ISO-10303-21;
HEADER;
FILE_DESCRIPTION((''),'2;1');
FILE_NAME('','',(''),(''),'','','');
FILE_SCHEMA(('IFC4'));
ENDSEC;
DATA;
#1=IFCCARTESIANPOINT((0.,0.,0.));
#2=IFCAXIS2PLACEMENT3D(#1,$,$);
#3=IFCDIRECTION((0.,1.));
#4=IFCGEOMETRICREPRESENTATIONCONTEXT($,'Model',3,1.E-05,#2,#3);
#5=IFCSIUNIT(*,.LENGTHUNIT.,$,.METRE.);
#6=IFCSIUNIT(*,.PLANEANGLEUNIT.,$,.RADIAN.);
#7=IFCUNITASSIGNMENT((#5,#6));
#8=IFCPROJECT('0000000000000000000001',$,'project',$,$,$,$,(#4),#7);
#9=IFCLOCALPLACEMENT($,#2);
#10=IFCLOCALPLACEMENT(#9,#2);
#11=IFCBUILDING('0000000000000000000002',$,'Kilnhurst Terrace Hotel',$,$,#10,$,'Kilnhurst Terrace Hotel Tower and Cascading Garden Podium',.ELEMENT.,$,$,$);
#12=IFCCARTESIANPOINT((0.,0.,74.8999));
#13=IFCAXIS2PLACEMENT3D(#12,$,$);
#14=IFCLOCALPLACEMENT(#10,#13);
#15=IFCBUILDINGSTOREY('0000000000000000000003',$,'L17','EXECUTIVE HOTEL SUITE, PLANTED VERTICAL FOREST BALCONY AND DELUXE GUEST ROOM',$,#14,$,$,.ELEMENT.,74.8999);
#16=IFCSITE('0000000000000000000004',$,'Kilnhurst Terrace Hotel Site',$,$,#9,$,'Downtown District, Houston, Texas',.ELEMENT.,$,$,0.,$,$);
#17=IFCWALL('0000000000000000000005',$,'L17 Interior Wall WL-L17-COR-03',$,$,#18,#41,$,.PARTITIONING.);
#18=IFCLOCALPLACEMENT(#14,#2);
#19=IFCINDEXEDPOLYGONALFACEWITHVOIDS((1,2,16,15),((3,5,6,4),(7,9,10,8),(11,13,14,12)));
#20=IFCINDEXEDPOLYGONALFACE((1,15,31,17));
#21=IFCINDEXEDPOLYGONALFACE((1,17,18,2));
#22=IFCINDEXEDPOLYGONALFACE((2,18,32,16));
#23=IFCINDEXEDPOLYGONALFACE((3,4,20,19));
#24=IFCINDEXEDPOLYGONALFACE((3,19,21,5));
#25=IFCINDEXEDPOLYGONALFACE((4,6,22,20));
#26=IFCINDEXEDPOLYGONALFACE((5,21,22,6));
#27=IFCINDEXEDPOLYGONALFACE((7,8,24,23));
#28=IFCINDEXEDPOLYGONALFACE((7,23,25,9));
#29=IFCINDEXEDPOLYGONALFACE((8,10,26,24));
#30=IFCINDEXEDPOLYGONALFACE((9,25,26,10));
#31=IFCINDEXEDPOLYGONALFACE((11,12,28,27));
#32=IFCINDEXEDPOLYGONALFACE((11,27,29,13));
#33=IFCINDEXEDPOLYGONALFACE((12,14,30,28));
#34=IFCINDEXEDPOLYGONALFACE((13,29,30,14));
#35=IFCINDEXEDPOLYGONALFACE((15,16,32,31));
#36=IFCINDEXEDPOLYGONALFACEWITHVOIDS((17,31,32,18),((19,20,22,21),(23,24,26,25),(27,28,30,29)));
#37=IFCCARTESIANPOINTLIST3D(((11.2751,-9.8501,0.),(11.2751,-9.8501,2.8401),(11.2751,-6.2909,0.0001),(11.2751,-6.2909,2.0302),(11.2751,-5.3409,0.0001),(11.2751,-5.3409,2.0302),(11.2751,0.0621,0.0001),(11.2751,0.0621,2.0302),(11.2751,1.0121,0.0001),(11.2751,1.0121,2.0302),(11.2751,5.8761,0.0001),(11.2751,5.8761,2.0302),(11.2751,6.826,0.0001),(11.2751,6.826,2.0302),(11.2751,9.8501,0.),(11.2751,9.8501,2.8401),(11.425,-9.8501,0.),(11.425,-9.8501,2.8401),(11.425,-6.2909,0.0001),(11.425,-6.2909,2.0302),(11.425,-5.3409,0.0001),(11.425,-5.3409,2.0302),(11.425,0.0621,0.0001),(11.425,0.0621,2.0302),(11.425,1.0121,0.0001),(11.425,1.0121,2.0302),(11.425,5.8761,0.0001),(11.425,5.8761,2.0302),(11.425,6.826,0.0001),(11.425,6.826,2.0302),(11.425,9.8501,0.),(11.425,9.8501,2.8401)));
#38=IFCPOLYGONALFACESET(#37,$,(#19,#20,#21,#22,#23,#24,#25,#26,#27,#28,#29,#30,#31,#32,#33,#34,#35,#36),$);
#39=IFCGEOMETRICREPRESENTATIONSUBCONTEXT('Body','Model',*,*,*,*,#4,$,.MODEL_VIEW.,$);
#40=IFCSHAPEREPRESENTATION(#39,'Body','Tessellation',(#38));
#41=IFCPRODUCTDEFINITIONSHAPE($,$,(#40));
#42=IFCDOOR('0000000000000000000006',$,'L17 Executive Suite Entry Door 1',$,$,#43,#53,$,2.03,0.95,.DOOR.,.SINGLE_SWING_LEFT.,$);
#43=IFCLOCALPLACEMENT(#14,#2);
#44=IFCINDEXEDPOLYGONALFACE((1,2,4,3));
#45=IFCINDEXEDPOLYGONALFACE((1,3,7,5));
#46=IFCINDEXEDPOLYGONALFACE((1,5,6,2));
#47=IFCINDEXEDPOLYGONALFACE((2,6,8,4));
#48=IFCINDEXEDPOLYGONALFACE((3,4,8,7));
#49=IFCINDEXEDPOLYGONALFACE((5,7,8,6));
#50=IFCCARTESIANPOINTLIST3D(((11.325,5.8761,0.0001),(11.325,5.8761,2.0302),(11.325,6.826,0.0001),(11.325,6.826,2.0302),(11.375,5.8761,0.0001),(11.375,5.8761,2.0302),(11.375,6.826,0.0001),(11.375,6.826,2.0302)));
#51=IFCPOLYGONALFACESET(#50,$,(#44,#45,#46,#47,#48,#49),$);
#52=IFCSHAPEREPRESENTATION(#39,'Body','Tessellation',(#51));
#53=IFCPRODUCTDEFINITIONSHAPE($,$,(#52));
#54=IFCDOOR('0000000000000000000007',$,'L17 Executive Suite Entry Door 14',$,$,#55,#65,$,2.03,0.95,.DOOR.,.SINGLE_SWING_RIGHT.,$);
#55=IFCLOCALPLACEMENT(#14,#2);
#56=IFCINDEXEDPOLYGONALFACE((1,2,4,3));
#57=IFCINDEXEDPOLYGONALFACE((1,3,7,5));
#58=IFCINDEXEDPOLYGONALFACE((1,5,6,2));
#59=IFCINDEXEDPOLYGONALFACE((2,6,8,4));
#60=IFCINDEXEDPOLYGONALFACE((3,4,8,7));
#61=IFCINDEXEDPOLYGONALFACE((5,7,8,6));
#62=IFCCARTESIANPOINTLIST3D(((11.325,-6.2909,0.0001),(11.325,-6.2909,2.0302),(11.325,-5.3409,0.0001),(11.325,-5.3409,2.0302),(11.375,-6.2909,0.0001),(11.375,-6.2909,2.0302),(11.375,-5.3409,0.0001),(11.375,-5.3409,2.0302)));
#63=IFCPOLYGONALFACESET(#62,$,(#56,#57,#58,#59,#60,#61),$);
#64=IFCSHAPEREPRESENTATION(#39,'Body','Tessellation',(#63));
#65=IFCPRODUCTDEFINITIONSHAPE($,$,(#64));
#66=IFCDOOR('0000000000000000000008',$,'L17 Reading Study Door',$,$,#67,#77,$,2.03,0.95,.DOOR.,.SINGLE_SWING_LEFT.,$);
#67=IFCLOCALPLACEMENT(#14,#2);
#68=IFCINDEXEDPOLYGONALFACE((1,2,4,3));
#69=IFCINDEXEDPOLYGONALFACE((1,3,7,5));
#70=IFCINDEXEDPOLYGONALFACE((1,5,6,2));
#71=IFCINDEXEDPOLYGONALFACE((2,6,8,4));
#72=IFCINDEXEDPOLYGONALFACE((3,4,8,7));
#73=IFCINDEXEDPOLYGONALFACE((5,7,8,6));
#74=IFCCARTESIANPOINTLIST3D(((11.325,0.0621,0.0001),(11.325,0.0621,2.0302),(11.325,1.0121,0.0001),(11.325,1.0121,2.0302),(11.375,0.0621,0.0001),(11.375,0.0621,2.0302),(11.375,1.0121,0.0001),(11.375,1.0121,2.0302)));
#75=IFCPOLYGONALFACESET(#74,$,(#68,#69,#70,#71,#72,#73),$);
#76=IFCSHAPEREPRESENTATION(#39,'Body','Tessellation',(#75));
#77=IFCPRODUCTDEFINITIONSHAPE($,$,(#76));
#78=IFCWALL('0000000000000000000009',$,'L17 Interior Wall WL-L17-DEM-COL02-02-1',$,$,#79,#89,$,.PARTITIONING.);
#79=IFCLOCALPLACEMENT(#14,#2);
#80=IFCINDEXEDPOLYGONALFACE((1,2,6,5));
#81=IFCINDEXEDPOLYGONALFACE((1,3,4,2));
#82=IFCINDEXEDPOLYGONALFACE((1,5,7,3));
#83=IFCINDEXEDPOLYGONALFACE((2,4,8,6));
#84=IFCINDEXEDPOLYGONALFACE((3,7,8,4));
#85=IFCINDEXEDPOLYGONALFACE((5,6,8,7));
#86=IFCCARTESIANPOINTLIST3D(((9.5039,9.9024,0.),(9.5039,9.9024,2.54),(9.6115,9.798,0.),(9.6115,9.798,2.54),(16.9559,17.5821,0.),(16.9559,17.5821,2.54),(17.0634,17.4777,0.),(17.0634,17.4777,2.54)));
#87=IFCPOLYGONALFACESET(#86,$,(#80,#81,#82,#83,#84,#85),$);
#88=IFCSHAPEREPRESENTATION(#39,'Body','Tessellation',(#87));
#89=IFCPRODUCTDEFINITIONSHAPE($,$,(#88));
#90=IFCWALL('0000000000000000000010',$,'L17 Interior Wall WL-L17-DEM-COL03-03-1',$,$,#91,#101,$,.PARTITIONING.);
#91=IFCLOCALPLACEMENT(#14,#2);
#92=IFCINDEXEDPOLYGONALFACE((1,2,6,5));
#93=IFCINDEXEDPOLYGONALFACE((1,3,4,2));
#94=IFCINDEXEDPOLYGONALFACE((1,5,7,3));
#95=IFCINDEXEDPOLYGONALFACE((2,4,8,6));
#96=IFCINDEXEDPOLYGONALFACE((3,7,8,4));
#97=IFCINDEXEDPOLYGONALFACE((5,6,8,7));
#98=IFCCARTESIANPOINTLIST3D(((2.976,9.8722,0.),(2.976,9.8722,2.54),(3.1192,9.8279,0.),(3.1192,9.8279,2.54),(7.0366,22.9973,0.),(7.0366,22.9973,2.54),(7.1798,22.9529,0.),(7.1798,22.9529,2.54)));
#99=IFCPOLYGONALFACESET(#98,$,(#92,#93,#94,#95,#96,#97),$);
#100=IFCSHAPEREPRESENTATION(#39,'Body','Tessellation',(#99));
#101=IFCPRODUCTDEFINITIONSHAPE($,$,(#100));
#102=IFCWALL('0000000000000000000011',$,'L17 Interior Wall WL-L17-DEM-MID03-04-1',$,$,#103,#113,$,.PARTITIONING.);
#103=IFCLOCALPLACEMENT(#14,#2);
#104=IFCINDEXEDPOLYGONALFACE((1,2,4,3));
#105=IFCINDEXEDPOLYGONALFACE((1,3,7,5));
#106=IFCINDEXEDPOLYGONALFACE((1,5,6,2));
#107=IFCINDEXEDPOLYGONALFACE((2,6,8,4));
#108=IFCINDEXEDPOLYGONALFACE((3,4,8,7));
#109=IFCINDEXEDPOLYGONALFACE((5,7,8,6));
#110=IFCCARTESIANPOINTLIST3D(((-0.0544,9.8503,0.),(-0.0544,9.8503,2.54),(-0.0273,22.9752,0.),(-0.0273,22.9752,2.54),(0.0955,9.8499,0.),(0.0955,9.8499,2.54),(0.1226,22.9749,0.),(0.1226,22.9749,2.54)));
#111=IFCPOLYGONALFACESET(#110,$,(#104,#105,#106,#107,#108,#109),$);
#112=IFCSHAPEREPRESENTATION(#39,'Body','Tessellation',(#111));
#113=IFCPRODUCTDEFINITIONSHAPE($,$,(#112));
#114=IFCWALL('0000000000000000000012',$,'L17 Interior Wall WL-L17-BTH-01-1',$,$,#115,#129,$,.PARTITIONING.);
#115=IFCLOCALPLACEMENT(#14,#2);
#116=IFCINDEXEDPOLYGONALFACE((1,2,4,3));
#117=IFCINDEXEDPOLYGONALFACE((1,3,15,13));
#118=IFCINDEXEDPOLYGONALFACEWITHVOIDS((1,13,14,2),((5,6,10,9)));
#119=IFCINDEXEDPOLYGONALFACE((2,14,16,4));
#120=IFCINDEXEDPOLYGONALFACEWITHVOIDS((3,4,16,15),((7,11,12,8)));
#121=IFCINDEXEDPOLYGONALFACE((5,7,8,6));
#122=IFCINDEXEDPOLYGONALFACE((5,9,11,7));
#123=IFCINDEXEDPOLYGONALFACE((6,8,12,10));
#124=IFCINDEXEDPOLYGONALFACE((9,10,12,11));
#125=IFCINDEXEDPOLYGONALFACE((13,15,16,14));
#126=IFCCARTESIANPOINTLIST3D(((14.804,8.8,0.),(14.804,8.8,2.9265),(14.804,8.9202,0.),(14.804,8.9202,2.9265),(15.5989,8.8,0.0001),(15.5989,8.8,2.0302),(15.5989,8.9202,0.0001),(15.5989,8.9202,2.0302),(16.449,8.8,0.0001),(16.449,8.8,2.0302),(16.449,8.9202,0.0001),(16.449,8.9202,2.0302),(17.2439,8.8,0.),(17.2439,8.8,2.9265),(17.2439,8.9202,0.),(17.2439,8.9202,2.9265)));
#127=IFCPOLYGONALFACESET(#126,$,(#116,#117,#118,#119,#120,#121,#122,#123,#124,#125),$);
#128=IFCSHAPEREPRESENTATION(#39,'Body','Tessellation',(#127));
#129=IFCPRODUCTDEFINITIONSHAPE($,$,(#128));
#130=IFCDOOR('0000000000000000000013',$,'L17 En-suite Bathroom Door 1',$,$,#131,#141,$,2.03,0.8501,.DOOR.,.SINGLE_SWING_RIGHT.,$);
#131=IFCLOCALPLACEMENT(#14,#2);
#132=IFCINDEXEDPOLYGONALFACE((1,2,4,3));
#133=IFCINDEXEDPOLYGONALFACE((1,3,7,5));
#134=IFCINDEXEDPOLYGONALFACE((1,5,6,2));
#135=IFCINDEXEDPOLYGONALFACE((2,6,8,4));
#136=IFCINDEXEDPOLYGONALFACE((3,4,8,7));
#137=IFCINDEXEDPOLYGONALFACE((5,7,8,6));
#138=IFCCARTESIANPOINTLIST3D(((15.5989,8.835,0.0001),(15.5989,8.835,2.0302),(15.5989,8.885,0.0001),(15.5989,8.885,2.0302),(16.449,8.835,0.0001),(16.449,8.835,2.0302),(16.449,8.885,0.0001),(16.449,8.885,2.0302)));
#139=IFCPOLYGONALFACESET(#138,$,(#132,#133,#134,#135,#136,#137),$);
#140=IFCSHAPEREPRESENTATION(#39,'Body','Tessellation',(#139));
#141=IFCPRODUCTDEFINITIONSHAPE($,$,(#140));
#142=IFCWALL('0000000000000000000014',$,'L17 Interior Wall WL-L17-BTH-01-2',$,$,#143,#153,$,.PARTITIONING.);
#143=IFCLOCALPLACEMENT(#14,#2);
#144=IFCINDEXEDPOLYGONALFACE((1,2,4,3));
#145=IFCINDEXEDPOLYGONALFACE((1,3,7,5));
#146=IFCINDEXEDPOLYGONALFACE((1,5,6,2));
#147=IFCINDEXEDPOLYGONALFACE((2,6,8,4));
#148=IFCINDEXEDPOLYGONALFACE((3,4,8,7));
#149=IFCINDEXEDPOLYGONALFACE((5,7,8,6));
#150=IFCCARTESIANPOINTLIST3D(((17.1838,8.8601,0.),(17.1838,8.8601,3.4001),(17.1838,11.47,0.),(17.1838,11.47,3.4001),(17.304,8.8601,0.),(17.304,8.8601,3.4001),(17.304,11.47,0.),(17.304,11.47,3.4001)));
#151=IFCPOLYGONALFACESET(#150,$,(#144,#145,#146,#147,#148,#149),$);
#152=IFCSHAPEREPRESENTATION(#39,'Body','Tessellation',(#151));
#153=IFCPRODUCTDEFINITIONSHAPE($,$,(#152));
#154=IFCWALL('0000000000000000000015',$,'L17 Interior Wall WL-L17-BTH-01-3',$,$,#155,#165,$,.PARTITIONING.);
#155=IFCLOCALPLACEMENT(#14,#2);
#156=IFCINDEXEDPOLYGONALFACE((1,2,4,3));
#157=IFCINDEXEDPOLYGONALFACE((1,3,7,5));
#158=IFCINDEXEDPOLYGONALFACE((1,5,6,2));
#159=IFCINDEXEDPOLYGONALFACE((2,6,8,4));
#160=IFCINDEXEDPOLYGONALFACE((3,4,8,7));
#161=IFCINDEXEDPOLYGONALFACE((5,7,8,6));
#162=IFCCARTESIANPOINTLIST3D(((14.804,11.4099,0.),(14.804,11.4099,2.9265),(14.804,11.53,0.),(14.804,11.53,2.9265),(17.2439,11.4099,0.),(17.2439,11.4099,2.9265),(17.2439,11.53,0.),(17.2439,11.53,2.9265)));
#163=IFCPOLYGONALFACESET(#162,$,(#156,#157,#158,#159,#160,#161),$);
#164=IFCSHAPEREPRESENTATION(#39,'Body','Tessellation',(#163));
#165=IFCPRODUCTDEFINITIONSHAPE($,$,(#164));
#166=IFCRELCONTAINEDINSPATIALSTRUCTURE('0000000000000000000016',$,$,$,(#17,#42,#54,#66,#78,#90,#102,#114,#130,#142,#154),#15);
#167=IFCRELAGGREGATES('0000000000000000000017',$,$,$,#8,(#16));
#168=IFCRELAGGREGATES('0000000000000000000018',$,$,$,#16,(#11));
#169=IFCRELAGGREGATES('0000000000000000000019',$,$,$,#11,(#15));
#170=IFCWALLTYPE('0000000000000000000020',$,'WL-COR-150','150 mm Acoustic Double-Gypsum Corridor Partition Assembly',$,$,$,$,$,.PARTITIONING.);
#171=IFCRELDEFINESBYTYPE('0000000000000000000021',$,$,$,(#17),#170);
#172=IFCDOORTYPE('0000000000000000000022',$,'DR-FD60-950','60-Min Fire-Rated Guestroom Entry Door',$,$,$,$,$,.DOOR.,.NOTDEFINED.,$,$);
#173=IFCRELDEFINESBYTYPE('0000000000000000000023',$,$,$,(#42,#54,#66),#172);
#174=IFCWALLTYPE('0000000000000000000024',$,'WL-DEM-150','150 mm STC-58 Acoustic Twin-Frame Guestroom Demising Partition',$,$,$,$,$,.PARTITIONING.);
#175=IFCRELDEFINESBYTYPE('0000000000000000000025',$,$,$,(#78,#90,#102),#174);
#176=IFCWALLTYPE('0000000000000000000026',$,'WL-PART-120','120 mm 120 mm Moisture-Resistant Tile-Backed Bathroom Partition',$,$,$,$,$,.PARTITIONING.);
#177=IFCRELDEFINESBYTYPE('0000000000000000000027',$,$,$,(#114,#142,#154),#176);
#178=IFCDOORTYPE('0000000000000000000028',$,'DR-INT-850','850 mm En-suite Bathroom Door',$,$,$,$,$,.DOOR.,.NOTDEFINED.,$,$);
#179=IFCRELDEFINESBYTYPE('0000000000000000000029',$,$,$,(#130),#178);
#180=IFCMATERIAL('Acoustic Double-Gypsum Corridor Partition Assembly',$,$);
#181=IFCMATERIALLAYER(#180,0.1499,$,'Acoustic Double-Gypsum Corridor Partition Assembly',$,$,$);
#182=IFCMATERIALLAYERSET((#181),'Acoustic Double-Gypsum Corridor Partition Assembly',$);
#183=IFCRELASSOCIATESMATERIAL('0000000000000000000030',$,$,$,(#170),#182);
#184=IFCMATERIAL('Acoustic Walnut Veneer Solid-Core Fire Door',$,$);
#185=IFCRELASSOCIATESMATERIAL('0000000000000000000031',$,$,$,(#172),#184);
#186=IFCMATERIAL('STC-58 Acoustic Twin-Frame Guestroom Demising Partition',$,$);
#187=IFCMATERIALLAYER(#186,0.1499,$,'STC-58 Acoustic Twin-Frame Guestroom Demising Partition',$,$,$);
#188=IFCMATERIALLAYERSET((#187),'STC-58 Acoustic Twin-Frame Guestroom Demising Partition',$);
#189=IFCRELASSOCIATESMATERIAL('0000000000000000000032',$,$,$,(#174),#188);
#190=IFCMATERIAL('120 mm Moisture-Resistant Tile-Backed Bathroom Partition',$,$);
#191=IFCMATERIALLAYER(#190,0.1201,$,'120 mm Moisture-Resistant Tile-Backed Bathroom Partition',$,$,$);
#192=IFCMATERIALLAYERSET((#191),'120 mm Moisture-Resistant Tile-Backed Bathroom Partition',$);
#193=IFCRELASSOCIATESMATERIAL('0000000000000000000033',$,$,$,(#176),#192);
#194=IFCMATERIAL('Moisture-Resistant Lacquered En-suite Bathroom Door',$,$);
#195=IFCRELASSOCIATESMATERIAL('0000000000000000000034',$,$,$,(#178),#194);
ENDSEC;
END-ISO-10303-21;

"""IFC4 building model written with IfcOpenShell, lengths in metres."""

from ifc_helpers import new_model, si_unit, direction, frame, frame_2d, origin, place, context, subcontext, project, spatial, rectangle, extrude, material, layer, layer_set, type_object, element, fill, save


model = new_model("IFC4")

# Units and contexts
model_context = context("Model", 3, precision=1e-05, world=origin(), true_north=direction((0.0, 1.0)))
body_context = subcontext(model_context, "Body", "Model", "MODEL_VIEW")
ifc_project = project(units=[si_unit("LENGTHUNIT", "METRE"), si_unit("PLANEANGLEUNIT", "RADIAN")], contexts=[model_context])

# Site, building, storey
site_placement = place(None, origin())
site = spatial("IfcSite", under=ifc_project, at=site_placement, Name="Kilnhurst Terrace Hotel Site", LongName="Downtown District, Houston, Texas", CompositionType="ELEMENT", RefElevation=0.0)
building_placement = place(site_placement, origin())
building = spatial("IfcBuilding", under=site, at=building_placement, Name="Kilnhurst Terrace Hotel", LongName="Kilnhurst Terrace Hotel Tower and Cascading Garden Podium", CompositionType="ELEMENT")
storey_placement = place(building_placement, frame((0.0, 0.0, 74.8999)))
storey = spatial("IfcBuildingStorey", under=building, at=storey_placement, Name="L17", Description="EXECUTIVE HOTEL SUITE, PLANTED VERTICAL FOREST BALCONY AND DELUXE GUEST ROOM", CompositionType="ELEMENT", Elevation=74.8999)

# Wall, openings, doors
ifc_material_1 = material(Name="Acoustic Double-Gypsum Corridor Partition Assembly")
ifc_layer_1 = layer(ifc_material_1, 0.1499, Name="Acoustic Double-Gypsum Corridor Partition Assembly")
ifc_layer_set_1 = layer_set([ifc_layer_1], Name="Acoustic Double-Gypsum Corridor Partition Assembly")
wall_type_1 = type_object("IfcWallType", Name="WL-COR-150", Description="150 mm Acoustic Double-Gypsum Corridor Partition Assembly", PredefinedType="PARTITIONING", material=ifc_layer_set_1)
wall_1_placement = place(storey_placement, frame((11.3501, 9.8501, 0.0), z_axis=(0.0, 0.0, 1.0), x_axis=(0.0, -1.0, 0.0)))
wall_1 = element("IfcWall", 1, at=wall_1_placement, inside=storey, type_object=wall_type_1, Name="L17 Interior Wall WL-L17-COR-03", PredefinedType="PARTITIONING", context=body_context, shape_type="SweptSolid", body=[
    extrude(rectangle(XDim=19.7002, YDim=0.1499, at=frame_2d((9.8501, 0.0))), origin(), (0.0, 0.0, 1.0), 2.8401),
])
opening_1_placement = place(wall_1_placement, frame((3.0239, 0.0, 0.0)))
opening_1 = element("IfcOpeningElement", 2, at=opening_1_placement, cuts=wall_1, PredefinedType="OPENING", context=body_context, shape_type="SweptSolid", body=[
    extrude(rectangle(XDim=0.95, YDim=2.03, at=frame_2d((0.4751, 1.0151))), frame((0.0, 0.085, 0.0), z_axis=(0.0, -1.0, 0.0), x_axis=(1.0, 0.0, 0.0)), (0.0, 0.0, 1.0), 0.1699),
])
opening_2_placement = place(wall_1_placement, frame((15.1909, 0.0, 0.0)))
opening_2 = element("IfcOpeningElement", 3, at=opening_2_placement, cuts=wall_1, PredefinedType="OPENING", context=body_context, shape_type="SweptSolid", body=[
    extrude(rectangle(XDim=0.95, YDim=2.03, at=frame_2d((0.4751, 1.0151))), frame((0.0, 0.085, 0.0), z_axis=(0.0, -1.0, 0.0), x_axis=(1.0, 0.0, 0.0)), (0.0, 0.0, 1.0), 0.1699),
])
opening_3_placement = place(wall_1_placement, frame((8.8379, 0.0, 0.0)))
opening_3 = element("IfcOpeningElement", 4, at=opening_3_placement, cuts=wall_1, PredefinedType="OPENING", context=body_context, shape_type="SweptSolid", body=[
    extrude(rectangle(XDim=0.95, YDim=2.03, at=frame_2d((0.4751, 1.0151))), frame((0.0, 0.085, 0.0), z_axis=(0.0, -1.0, 0.0), x_axis=(1.0, 0.0, 0.0)), (0.0, 0.0, 1.0), 0.1699),
])
ifc_material_2 = material(Name="Acoustic Walnut Veneer Solid-Core Fire Door")
door_type_1 = type_object("IfcDoorType", Name="DR-FD60-950", Description="60-Min Fire-Rated Guestroom Entry Door", OperationType="NOTDEFINED", PredefinedType="DOOR", material=ifc_material_2)
door_1_placement = place(opening_1_placement, origin())
door_1 = element("IfcDoor", 5, at=door_1_placement, inside=storey, type_object=door_type_1, Name="L17 Executive Suite Entry Door 1", OperationType="SINGLE_SWING_LEFT", OverallHeight=2.03, OverallWidth=0.95, PredefinedType="DOOR", context=body_context, shape_type="SweptSolid", body=[
    extrude(rectangle(XDim=0.95, YDim=2.03, at=frame_2d((0.4751, 1.0151))), frame((0.0, 0.0249, 0.0), z_axis=(0.0, -1.0, 0.0), x_axis=(1.0, 0.0, 0.0)), (0.0, 0.0, 1.0), 0.05),
])
fill(opening_1, door_1)
door_2_placement = place(opening_2_placement, origin())
door_2 = element("IfcDoor", 6, at=door_2_placement, inside=storey, type_object=door_type_1, Name="L17 Executive Suite Entry Door 14", OperationType="SINGLE_SWING_RIGHT", OverallHeight=2.03, OverallWidth=0.95, PredefinedType="DOOR", context=body_context, shape_type="SweptSolid", body=[
    extrude(rectangle(XDim=0.95, YDim=2.03, at=frame_2d((0.4751, 1.0151))), frame((0.0, 0.0249, 0.0), z_axis=(0.0, -1.0, 0.0), x_axis=(1.0, 0.0, 0.0)), (0.0, 0.0, 1.0), 0.05),
])
fill(opening_2, door_2)
door_3_placement = place(opening_3_placement, origin())
door_3 = element("IfcDoor", 7, at=door_3_placement, inside=storey, type_object=door_type_1, Name="L17 Reading Study Door", OperationType="SINGLE_SWING_LEFT", OverallHeight=2.03, OverallWidth=0.95, PredefinedType="DOOR", context=body_context, shape_type="SweptSolid", body=[
    extrude(rectangle(XDim=0.95, YDim=2.03, at=frame_2d((0.4751, 1.0151))), frame((0.0, 0.0249, 0.0), z_axis=(0.0, -1.0, 0.0), x_axis=(1.0, 0.0, 0.0)), (0.0, 0.0, 1.0), 0.05),
])
fill(opening_3, door_3)

# Walls
ifc_material_3 = material(Name="STC-58 Acoustic Twin-Frame Guestroom Demising Partition")
ifc_layer_2 = layer(ifc_material_3, 0.1499, Name="STC-58 Acoustic Twin-Frame Guestroom Demising Partition")
ifc_layer_set_2 = layer_set([ifc_layer_2], Name="STC-58 Acoustic Twin-Frame Guestroom Demising Partition")
wall_type_2 = type_object("IfcWallType", Name="WL-DEM-150", Description="150 mm STC-58 Acoustic Twin-Frame Guestroom Demising Partition", PredefinedType="PARTITIONING", material=ifc_layer_set_2)
wall_2_placement = place(storey_placement, frame((9.5576, 9.8501, 0.0), z_axis=(0.0, 0.0, 1.0), x_axis=(0.696383, 0.71767, 0.0)))
element("IfcWall", 8, at=wall_2_placement, inside=storey, type_object=wall_type_2, Name="L17 Interior Wall WL-L17-DEM-COL02-02-1", PredefinedType="PARTITIONING", context=body_context, shape_type="SweptSolid", body=[
    extrude(rectangle(XDim=10.7009, YDim=0.1499, at=frame_2d((5.3506, 0.0))), origin(), (0.0, 0.0, 1.0), 2.54),
])
wall_3_placement = place(storey_placement, frame((3.0476, 9.8501, 0.0), z_axis=(0.0, 0.0, 1.0), x_axis=(0.295554, 0.955326, 0.0)))
element("IfcWall", 9, at=wall_3_placement, inside=storey, type_object=wall_type_2, Name="L17 Interior Wall WL-L17-DEM-COL03-03-1", PredefinedType="PARTITIONING", context=body_context, shape_type="SweptSolid", body=[
    extrude(rectangle(XDim=13.7388, YDim=0.1499, at=frame_2d((6.8694, 0.0))), origin(), (0.0, 0.0, 1.0), 2.54),
])
wall_4_placement = place(storey_placement, frame((0.0205, 9.8501, 0.0), z_axis=(0.0, 0.0, 1.0), x_axis=(0.002065, 0.999998, 0.0)))
element("IfcWall", 10, at=wall_4_placement, inside=storey, type_object=wall_type_2, Name="L17 Interior Wall WL-L17-DEM-MID03-04-1", PredefinedType="PARTITIONING", context=body_context, shape_type="SweptSolid", body=[
    extrude(rectangle(XDim=13.125, YDim=0.1499, at=frame_2d((6.5625, 0.0))), origin(), (0.0, 0.0, 1.0), 2.54),
])

# Wall, opening, door
ifc_material_4 = material(Name="120 mm Moisture-Resistant Tile-Backed Bathroom Partition")
ifc_layer_3 = layer(ifc_material_4, 0.1201, Name="120 mm Moisture-Resistant Tile-Backed Bathroom Partition")
ifc_layer_set_3 = layer_set([ifc_layer_3], Name="120 mm Moisture-Resistant Tile-Backed Bathroom Partition")
wall_type_3 = type_object("IfcWallType", Name="WL-PART-120", Description="120 mm 120 mm Moisture-Resistant Tile-Backed Bathroom Partition", PredefinedType="PARTITIONING", material=ifc_layer_set_3)
wall_5_placement = place(storey_placement, frame((14.804, 8.8601, 0.0), z_axis=(0.0, 0.0, 1.0), x_axis=(1.0, 0.0, 0.0)))
wall_5 = element("IfcWall", 11, at=wall_5_placement, inside=storey, type_object=wall_type_3, Name="L17 Interior Wall WL-L17-BTH-01-1", PredefinedType="PARTITIONING", context=body_context, shape_type="SweptSolid", body=[
    extrude(rectangle(XDim=2.4399, YDim=0.1201, at=frame_2d((1.22, 0.0))), origin(), (0.0, 0.0, 1.0), 2.9265),
])
opening_4_placement = place(wall_5_placement, frame((0.7949, 0.0, 0.0)))
opening_4 = element("IfcOpeningElement", 12, at=opening_4_placement, cuts=wall_5, PredefinedType="OPENING", context=body_context, shape_type="SweptSolid", body=[
    extrude(rectangle(XDim=0.8501, YDim=2.03, at=frame_2d((0.425, 1.0151))), frame((0.0, 0.0701, 0.0), z_axis=(0.0, -1.0, 0.0), x_axis=(1.0, 0.0, 0.0)), (0.0, 0.0, 1.0), 0.1401),
])
ifc_material_5 = material(Name="Moisture-Resistant Lacquered En-suite Bathroom Door")
door_type_2 = type_object("IfcDoorType", Name="DR-INT-850", Description="850 mm En-suite Bathroom Door", OperationType="NOTDEFINED", PredefinedType="DOOR", material=ifc_material_5)
door_4_placement = place(opening_4_placement, origin())
door_4 = element("IfcDoor", 13, at=door_4_placement, inside=storey, type_object=door_type_2, Name="L17 En-suite Bathroom Door 1", OperationType="SINGLE_SWING_RIGHT", OverallHeight=2.03, OverallWidth=0.8501, PredefinedType="DOOR", context=body_context, shape_type="SweptSolid", body=[
    extrude(rectangle(XDim=0.8501, YDim=2.03, at=frame_2d((0.425, 1.0151))), frame((0.0, 0.0249, 0.0), z_axis=(0.0, -1.0, 0.0), x_axis=(1.0, 0.0, 0.0)), (0.0, 0.0, 1.0), 0.05),
])
fill(opening_4, door_4)

# Walls
wall_6_placement = place(storey_placement, frame((17.2439, 8.8601, 0.0), z_axis=(0.0, 0.0, 1.0), x_axis=(0.0, 1.0, 0.0)))
element("IfcWall", 14, at=wall_6_placement, inside=storey, type_object=wall_type_3, Name="L17 Interior Wall WL-L17-BTH-01-2", PredefinedType="PARTITIONING", context=body_context, shape_type="SweptSolid", body=[
    extrude(rectangle(XDim=2.6099, YDim=0.1201, at=frame_2d((1.3049, 0.0))), origin(), (0.0, 0.0, 1.0), 3.4001),
])
wall_7_placement = place(storey_placement, frame((17.2439, 11.47, 0.0), z_axis=(0.0, 0.0, 1.0), x_axis=(-1.0, 0.0, 0.0)))
element("IfcWall", 15, at=wall_7_placement, inside=storey, type_object=wall_type_3, Name="L17 Interior Wall WL-L17-BTH-01-3", PredefinedType="PARTITIONING", context=body_context, shape_type="SweptSolid", body=[
    extrude(rectangle(XDim=2.4399, YDim=0.1201, at=frame_2d((1.22, 0.0))), origin(), (0.0, 0.0, 1.0), 2.9265),
])

save(model, "model.ifc")
